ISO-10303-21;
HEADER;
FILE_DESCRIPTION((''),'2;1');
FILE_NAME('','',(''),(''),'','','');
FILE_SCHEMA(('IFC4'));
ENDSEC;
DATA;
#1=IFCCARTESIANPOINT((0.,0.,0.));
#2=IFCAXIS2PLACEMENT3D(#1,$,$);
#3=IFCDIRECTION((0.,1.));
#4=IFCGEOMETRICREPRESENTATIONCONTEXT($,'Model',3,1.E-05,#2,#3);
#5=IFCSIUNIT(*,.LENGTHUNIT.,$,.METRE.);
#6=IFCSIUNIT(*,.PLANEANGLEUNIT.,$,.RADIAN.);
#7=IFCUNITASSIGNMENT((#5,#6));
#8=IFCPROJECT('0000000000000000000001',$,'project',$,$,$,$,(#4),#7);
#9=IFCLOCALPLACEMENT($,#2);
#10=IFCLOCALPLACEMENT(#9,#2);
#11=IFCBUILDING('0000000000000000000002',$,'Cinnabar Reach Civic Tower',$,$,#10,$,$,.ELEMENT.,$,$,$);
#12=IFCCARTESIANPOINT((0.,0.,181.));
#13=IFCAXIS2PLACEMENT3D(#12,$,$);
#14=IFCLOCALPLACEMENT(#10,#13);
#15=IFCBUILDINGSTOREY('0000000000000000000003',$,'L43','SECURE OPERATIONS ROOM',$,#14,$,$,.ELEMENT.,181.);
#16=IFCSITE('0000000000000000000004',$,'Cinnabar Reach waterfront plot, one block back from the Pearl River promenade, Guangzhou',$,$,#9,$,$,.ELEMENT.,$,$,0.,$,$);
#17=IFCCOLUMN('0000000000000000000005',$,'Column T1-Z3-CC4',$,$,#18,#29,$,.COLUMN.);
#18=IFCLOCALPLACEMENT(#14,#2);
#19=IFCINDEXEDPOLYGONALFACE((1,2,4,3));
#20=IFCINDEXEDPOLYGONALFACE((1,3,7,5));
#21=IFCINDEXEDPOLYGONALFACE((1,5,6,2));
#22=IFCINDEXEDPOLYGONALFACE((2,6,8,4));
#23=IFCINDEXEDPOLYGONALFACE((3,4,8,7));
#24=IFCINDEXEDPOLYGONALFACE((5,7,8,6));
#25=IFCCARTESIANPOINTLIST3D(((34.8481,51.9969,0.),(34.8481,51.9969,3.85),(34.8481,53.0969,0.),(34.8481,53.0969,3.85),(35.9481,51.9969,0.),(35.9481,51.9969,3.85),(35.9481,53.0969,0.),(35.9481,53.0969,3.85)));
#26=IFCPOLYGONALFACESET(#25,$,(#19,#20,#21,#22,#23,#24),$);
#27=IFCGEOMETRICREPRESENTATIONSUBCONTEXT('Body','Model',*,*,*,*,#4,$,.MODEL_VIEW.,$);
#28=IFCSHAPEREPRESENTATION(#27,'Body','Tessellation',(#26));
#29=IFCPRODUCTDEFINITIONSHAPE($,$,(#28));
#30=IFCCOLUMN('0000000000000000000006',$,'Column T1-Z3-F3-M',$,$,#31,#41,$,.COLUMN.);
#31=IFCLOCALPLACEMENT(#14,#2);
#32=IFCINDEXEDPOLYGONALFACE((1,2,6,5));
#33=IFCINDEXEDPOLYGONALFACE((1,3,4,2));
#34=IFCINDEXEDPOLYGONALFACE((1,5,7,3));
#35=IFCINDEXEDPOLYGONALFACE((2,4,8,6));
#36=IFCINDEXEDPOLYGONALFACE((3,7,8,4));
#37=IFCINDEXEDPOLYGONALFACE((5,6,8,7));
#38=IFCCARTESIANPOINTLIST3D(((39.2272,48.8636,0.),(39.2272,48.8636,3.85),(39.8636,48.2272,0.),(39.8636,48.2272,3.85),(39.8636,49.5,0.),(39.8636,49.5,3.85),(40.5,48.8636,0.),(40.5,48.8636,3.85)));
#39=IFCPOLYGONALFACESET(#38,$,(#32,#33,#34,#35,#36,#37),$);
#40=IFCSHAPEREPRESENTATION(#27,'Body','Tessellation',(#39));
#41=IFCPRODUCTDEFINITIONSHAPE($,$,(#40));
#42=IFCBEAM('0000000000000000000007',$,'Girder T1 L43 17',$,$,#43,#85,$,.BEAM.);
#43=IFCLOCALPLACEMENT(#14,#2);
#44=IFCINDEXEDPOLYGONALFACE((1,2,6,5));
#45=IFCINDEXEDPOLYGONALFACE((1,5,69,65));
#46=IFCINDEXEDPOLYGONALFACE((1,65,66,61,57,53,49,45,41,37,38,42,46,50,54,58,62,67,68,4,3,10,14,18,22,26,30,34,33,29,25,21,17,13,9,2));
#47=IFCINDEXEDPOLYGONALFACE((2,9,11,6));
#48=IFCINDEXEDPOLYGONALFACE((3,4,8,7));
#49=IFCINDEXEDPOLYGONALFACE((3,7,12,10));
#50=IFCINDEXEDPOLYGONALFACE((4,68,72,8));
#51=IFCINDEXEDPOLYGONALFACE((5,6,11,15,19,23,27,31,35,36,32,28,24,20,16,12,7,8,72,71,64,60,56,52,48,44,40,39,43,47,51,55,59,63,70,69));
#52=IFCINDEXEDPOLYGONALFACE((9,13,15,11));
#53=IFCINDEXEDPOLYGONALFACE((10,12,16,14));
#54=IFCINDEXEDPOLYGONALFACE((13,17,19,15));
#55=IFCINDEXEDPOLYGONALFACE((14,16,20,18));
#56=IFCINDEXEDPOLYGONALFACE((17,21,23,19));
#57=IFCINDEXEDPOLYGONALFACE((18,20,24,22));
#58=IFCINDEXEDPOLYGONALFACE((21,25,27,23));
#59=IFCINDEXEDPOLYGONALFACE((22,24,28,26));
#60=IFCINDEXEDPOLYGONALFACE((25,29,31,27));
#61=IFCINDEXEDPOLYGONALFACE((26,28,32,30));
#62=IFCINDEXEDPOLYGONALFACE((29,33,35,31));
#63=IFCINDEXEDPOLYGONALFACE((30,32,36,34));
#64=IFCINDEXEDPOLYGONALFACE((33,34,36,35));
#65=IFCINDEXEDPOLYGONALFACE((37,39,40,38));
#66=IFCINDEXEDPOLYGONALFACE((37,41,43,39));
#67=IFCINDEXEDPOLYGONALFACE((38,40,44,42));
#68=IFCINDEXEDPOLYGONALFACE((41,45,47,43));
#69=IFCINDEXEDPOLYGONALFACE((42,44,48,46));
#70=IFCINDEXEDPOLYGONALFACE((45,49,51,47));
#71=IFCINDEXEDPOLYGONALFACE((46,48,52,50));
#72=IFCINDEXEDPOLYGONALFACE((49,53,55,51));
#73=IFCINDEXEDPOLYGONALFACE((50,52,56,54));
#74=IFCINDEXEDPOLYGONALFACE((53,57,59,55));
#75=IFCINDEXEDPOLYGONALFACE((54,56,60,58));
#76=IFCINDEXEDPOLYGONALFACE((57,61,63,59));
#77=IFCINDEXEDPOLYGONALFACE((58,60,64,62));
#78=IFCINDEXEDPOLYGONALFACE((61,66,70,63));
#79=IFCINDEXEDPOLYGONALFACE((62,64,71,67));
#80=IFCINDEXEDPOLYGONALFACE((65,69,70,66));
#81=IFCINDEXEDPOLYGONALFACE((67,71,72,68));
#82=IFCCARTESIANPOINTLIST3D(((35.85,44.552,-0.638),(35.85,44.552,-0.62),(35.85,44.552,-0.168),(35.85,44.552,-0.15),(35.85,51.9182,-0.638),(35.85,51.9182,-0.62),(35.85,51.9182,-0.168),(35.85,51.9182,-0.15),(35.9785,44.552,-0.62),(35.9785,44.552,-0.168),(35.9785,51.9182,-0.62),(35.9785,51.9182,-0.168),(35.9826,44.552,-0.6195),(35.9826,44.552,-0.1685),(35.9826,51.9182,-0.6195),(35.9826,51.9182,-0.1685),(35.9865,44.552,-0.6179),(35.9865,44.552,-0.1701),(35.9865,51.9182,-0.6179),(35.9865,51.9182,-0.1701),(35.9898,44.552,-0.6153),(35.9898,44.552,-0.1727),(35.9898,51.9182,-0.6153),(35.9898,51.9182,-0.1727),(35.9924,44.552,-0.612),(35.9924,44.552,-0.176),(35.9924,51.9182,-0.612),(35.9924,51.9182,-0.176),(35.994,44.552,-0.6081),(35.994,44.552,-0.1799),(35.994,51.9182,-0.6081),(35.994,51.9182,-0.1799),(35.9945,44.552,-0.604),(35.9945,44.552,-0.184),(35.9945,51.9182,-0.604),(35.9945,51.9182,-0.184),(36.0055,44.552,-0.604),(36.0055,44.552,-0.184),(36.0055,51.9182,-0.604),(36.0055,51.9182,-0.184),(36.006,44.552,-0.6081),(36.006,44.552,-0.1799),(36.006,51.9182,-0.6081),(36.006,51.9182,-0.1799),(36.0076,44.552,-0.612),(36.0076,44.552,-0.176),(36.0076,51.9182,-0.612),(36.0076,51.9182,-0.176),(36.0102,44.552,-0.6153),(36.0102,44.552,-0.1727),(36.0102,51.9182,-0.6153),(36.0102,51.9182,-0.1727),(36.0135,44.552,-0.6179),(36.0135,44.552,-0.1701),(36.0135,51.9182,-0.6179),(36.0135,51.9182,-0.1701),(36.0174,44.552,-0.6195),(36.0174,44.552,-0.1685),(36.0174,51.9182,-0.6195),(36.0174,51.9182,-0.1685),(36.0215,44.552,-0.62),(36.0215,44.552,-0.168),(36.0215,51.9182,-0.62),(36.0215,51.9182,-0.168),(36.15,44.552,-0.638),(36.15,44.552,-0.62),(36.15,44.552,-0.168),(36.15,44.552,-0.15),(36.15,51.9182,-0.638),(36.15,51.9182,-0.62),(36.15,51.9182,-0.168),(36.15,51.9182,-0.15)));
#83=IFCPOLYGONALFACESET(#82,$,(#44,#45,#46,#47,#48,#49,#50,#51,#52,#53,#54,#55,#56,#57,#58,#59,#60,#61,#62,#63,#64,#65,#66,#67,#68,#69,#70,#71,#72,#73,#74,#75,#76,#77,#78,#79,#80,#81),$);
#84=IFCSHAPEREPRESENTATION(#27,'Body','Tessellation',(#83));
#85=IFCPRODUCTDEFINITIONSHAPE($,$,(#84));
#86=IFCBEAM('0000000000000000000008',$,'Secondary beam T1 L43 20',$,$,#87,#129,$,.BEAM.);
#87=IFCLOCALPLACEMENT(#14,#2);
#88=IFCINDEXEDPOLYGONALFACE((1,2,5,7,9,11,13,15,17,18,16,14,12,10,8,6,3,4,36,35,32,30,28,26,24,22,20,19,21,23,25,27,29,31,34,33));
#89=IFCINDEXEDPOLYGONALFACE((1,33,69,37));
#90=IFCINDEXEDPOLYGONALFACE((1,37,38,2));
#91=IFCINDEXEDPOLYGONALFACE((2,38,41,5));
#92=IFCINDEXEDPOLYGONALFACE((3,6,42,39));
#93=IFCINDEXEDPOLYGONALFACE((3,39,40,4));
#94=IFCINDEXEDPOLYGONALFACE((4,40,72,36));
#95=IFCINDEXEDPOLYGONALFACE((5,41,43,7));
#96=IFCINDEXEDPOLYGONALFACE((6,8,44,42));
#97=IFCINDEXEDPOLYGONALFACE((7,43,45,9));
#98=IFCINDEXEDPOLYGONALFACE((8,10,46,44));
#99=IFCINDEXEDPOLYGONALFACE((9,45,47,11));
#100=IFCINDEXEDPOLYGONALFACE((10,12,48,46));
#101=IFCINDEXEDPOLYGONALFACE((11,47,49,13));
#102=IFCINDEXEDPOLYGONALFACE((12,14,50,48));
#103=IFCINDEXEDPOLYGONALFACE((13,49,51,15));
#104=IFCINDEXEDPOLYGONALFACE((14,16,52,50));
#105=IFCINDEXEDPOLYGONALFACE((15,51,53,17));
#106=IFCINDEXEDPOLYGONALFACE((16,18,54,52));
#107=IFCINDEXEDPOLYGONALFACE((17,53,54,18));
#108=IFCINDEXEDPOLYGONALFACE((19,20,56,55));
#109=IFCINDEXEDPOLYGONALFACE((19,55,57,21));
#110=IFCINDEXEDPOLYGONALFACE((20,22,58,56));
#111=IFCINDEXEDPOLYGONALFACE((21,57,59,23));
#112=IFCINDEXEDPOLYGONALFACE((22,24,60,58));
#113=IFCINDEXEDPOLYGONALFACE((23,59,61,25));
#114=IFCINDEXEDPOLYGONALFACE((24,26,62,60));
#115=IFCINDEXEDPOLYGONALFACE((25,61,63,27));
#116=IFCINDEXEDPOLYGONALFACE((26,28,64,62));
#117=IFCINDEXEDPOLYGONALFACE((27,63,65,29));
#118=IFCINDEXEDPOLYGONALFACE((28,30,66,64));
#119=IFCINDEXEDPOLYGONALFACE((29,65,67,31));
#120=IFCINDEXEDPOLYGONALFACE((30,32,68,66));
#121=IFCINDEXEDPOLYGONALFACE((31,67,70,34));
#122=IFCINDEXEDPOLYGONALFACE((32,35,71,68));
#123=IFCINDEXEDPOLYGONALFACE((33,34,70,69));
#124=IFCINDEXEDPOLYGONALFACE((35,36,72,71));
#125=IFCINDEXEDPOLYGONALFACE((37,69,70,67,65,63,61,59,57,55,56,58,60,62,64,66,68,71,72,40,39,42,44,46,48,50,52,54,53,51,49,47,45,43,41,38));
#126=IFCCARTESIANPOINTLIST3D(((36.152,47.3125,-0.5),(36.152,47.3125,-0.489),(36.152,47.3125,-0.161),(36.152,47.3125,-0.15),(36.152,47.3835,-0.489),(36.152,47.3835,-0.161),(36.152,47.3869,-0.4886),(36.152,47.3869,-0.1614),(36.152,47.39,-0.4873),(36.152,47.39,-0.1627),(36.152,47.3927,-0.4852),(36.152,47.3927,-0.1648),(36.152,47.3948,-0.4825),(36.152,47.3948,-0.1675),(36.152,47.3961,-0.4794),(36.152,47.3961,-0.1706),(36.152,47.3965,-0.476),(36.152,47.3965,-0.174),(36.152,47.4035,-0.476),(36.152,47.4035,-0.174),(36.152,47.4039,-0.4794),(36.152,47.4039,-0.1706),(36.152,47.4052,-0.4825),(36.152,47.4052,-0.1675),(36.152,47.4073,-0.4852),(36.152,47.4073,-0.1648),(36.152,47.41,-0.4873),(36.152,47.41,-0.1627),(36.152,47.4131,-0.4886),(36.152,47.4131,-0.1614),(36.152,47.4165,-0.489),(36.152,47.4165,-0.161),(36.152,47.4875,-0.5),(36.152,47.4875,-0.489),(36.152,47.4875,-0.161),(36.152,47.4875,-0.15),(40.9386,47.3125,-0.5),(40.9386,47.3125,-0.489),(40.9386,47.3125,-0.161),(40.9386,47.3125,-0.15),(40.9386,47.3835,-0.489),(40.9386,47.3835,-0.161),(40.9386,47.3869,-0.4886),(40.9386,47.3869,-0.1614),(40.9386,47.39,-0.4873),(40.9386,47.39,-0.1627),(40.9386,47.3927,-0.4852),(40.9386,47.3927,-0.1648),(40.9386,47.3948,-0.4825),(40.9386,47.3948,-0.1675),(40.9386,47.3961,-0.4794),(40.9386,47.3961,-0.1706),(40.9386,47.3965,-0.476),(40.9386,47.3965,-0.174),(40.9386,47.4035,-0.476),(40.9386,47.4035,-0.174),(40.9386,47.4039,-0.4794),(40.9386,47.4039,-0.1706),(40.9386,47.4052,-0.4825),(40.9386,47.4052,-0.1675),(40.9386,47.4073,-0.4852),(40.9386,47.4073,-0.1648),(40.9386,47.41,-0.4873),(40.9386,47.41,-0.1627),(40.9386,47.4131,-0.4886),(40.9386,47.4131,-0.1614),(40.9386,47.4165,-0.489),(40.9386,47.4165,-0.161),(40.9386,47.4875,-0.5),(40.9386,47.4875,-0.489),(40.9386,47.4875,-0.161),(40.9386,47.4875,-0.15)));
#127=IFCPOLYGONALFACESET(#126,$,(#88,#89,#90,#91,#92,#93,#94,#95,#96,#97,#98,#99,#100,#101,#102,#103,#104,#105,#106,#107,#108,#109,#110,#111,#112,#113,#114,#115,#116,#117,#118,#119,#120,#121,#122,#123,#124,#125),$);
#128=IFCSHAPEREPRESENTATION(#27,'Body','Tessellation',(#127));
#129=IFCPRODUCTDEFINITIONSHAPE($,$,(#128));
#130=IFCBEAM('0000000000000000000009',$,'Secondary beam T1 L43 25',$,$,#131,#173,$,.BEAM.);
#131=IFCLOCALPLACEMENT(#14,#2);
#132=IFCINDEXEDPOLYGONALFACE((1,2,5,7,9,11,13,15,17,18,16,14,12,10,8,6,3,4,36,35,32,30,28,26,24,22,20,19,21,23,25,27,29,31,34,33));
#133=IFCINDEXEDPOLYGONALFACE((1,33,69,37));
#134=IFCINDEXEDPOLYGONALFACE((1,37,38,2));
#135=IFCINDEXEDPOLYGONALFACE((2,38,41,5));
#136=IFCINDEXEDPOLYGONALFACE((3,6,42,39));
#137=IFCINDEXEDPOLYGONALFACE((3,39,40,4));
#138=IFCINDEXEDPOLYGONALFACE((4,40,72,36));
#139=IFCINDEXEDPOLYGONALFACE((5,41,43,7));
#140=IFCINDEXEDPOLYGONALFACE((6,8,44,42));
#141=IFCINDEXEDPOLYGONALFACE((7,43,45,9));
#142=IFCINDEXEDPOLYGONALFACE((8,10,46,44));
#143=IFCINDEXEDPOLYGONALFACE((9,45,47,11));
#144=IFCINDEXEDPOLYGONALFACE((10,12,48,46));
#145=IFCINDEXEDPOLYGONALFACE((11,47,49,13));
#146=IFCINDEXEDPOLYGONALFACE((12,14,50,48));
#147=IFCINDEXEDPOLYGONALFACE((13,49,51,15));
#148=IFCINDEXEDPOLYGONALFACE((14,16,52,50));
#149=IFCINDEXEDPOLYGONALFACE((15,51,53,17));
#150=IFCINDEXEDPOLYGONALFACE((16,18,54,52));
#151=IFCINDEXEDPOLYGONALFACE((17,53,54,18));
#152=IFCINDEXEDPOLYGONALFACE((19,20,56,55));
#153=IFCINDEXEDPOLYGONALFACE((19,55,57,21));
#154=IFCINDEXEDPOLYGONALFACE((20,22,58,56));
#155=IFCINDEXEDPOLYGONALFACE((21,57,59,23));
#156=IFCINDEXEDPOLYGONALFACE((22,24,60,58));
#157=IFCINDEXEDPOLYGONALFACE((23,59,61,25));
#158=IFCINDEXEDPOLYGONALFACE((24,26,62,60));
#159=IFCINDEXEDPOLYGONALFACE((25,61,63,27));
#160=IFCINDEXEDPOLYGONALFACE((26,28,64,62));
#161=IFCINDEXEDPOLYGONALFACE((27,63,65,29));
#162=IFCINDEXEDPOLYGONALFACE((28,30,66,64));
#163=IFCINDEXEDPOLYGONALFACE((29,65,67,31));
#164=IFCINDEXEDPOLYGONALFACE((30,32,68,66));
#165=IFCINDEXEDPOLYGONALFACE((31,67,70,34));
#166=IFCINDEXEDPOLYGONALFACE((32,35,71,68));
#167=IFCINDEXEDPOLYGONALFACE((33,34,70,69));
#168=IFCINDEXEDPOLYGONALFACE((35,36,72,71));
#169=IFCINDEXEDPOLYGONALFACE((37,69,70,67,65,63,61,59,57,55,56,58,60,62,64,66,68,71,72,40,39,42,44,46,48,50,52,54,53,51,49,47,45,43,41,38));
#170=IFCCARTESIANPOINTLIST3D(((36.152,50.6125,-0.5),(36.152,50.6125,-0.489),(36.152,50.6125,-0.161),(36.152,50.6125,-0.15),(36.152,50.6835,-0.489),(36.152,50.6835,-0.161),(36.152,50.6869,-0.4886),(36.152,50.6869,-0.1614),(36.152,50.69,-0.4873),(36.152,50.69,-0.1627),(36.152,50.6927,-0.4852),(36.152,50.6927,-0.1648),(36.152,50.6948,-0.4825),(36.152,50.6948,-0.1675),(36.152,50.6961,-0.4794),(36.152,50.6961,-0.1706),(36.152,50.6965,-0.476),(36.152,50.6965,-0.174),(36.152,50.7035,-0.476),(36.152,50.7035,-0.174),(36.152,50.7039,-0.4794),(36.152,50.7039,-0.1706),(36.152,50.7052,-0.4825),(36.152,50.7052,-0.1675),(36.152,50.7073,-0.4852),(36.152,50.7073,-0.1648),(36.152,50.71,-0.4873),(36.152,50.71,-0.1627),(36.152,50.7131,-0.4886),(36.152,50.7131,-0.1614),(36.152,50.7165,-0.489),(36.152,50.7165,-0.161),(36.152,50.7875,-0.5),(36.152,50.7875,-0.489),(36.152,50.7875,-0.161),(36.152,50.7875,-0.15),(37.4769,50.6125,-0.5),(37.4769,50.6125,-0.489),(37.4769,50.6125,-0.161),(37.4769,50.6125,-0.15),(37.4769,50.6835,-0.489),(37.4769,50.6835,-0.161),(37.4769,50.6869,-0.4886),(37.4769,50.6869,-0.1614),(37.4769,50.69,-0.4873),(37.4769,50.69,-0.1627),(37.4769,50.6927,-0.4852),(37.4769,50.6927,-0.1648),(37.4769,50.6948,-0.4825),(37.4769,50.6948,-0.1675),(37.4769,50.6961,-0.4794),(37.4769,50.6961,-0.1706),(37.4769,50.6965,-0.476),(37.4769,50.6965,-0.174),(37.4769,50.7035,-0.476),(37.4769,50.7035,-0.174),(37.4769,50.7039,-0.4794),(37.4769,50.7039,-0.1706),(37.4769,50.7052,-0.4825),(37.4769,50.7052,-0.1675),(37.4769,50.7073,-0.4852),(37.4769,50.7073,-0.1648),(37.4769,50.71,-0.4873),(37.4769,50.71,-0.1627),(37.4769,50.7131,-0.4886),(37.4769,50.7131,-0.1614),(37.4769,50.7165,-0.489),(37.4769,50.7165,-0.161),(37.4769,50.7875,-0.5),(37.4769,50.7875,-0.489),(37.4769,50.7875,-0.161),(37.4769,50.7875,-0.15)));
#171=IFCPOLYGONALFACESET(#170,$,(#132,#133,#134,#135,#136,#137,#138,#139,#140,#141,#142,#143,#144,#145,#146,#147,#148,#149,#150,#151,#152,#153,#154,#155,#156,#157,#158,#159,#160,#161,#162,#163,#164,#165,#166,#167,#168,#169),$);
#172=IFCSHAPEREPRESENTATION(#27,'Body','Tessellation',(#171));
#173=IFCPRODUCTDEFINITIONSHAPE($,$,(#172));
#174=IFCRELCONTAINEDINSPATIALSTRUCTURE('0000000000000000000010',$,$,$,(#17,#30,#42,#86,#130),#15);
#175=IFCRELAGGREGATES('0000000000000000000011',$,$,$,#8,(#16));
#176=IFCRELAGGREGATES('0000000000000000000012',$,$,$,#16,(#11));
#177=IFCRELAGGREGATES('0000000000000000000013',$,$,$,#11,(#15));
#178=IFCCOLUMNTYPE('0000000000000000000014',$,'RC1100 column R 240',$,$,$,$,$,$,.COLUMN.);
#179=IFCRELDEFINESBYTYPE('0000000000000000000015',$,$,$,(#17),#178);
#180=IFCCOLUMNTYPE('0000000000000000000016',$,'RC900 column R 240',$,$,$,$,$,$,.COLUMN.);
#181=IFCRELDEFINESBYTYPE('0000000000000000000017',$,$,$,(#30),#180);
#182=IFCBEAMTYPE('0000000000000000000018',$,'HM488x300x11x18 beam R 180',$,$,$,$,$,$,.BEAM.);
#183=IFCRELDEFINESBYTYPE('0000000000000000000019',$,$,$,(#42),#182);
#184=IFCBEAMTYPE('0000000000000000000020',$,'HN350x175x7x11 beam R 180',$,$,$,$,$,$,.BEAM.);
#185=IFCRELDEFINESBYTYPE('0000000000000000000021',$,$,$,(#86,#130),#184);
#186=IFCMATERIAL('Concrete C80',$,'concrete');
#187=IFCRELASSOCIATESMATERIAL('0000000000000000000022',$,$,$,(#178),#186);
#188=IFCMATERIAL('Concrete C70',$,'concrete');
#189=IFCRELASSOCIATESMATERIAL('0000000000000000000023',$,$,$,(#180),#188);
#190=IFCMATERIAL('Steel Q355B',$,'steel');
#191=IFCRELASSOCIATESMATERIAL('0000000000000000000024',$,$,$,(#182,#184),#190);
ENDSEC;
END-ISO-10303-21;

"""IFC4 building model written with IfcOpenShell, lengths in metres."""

from ifc_helpers import new_model, si_unit, direction, frame, origin, origin_2d, place, context, subcontext, project, spatial, rectangle, i_section, extrude, material, material_profile, profile_set, type_object, element, save


model = new_model("IFC4")

# Units and contexts
model_context = context("Model", 3, precision=1e-05, world=origin(), true_north=direction((0.0, 1.0)))
body_context = subcontext(model_context, "Body", "Model", "MODEL_VIEW")
ifc_project = project(units=[si_unit("LENGTHUNIT", "METRE"), si_unit("PLANEANGLEUNIT", "RADIAN")], contexts=[model_context])

# Site, building, storey
site_placement = place(None, origin())
site = spatial("IfcSite", under=ifc_project, at=site_placement, Name="Cinnabar Reach waterfront plot, one block back from the Pearl River promenade, Guangzhou", CompositionType="ELEMENT", RefElevation=0.0)
building_placement = place(site_placement, origin())
building = spatial("IfcBuilding", under=site, at=building_placement, Name="Cinnabar Reach Civic Tower", CompositionType="ELEMENT")
storey_placement = place(building_placement, frame((0.0, 0.0, 181.0)))
storey = spatial("IfcBuildingStorey", under=building, at=storey_placement, Name="L43", Description="SECURE OPERATIONS ROOM", CompositionType="ELEMENT", Elevation=181.0)

# Columns
ifc_material_1 = material(Name="Concrete C80", Category="concrete")
ifc_material_profile_1 = material_profile(ifc_material_1, rectangle(XDim=1.1, YDim=1.1, at=origin_2d()), Name="RC1100")
ifc_profile_set_1 = profile_set([ifc_material_profile_1], Name="Concrete C80")
column_type_1 = type_object("IfcColumnType", Name="RC1100 column R 240", PredefinedType="COLUMN", material=ifc_profile_set_1)
column_1_placement = place(storey_placement, frame((35.3981, 52.5469, 0.0), z_axis=(0.0, 0.0, 1.0), x_axis=(1.0, 0.0, 0.0)))
element("IfcColumn", 1, at=column_1_placement, inside=storey, type_object=column_type_1, Name="Column T1-Z3-CC4", PredefinedType="COLUMN", context=body_context, shape_type="SweptSolid", body=[
    extrude(rectangle(XDim=1.1, YDim=1.1, at=origin_2d()), origin(), (0.0, 0.0, 1.0), 3.85),
])
ifc_material_2 = material(Name="Concrete C70", Category="concrete")
ifc_material_profile_2 = material_profile(ifc_material_2, rectangle(XDim=0.9, YDim=0.9, at=origin_2d()), Name="RC900")
ifc_profile_set_2 = profile_set([ifc_material_profile_2], Name="Concrete C70")
column_type_2 = type_object("IfcColumnType", Name="RC900 column R 240", PredefinedType="COLUMN", material=ifc_profile_set_2)
column_2_placement = place(storey_placement, frame((39.8636, 48.8636, 0.0), z_axis=(0.0, 0.0, 1.0), x_axis=(0.707107, 0.707107, 0.0)))
element("IfcColumn", 2, at=column_2_placement, inside=storey, type_object=column_type_2, Name="Column T1-Z3-F3-M", PredefinedType="COLUMN", context=body_context, shape_type="SweptSolid", body=[
    extrude(rectangle(XDim=0.9, YDim=0.9, at=origin_2d()), origin(), (0.0, 0.0, 1.0), 3.85),
])

# Beams
ifc_material_3 = material(Name="Steel Q355B", Category="steel")
ifc_material_profile_3 = material_profile(ifc_material_3, i_section(OverallWidth=0.3, OverallDepth=0.488, WebThickness=0.011, FlangeThickness=0.018, FilletRadius=0.016, at=origin_2d()), Name="HM488x300x11x18")
ifc_profile_set_3 = profile_set([ifc_material_profile_3], Name="Steel Q355B")
beam_type_1 = type_object("IfcBeamType", Name="HM488x300x11x18 beam R 180", PredefinedType="BEAM", material=ifc_profile_set_3)
beam_1_placement = place(storey_placement, frame((36.0, 44.552, -0.394), z_axis=(0.0, 1.0, 0.0), x_axis=(-1.0, 0.0, 0.0)))
element("IfcBeam", 3, at=beam_1_placement, inside=storey, type_object=beam_type_1, Name="Girder T1 L43 17", PredefinedType="BEAM", context=body_context, shape_type="SweptSolid", body=[
    extrude(i_section(OverallWidth=0.3, OverallDepth=0.488, WebThickness=0.011, FlangeThickness=0.018, FilletRadius=0.016, at=origin_2d()), origin(), (0.0, 0.0, 1.0), 7.3662),
])
ifc_material_profile_4 = material_profile(ifc_material_3, i_section(OverallWidth=0.175, OverallDepth=0.35, WebThickness=0.007, FlangeThickness=0.011, FilletRadius=0.013, at=origin_2d()), Name="HN350x175x7x11")
ifc_profile_set_4 = profile_set([ifc_material_profile_4], Name="Steel Q355B")
beam_type_2 = type_object("IfcBeamType", Name="HN350x175x7x11 beam R 180", PredefinedType="BEAM", material=ifc_profile_set_4)
beam_2_placement = place(storey_placement, frame((36.152, 47.4, -0.325), z_axis=(1.0, 0.0, 0.0), x_axis=(0.0, 1.0, 0.0)))
element("IfcBeam", 4, at=beam_2_placement, inside=storey, type_object=beam_type_2, Name="Secondary beam T1 L43 20", PredefinedType="BEAM", context=body_context, shape_type="SweptSolid", body=[
    extrude(i_section(OverallWidth=0.175, OverallDepth=0.35, WebThickness=0.007, FlangeThickness=0.011, FilletRadius=0.013, at=origin_2d()), origin(), (0.0, 0.0, 1.0), 4.7866),
])
beam_3_placement = place(storey_placement, frame((36.152, 50.7, -0.325), z_axis=(1.0, 0.0, 0.0), x_axis=(0.0, 1.0, 0.0)))
element("IfcBeam", 5, at=beam_3_placement, inside=storey, type_object=beam_type_2, Name="Secondary beam T1 L43 25", PredefinedType="BEAM", context=body_context, shape_type="SweptSolid", body=[
    extrude(i_section(OverallWidth=0.175, OverallDepth=0.35, WebThickness=0.007, FlangeThickness=0.011, FilletRadius=0.013, at=origin_2d()), origin(), (0.0, 0.0, 1.0), 1.3249),
])

save(model, "model.ifc")
